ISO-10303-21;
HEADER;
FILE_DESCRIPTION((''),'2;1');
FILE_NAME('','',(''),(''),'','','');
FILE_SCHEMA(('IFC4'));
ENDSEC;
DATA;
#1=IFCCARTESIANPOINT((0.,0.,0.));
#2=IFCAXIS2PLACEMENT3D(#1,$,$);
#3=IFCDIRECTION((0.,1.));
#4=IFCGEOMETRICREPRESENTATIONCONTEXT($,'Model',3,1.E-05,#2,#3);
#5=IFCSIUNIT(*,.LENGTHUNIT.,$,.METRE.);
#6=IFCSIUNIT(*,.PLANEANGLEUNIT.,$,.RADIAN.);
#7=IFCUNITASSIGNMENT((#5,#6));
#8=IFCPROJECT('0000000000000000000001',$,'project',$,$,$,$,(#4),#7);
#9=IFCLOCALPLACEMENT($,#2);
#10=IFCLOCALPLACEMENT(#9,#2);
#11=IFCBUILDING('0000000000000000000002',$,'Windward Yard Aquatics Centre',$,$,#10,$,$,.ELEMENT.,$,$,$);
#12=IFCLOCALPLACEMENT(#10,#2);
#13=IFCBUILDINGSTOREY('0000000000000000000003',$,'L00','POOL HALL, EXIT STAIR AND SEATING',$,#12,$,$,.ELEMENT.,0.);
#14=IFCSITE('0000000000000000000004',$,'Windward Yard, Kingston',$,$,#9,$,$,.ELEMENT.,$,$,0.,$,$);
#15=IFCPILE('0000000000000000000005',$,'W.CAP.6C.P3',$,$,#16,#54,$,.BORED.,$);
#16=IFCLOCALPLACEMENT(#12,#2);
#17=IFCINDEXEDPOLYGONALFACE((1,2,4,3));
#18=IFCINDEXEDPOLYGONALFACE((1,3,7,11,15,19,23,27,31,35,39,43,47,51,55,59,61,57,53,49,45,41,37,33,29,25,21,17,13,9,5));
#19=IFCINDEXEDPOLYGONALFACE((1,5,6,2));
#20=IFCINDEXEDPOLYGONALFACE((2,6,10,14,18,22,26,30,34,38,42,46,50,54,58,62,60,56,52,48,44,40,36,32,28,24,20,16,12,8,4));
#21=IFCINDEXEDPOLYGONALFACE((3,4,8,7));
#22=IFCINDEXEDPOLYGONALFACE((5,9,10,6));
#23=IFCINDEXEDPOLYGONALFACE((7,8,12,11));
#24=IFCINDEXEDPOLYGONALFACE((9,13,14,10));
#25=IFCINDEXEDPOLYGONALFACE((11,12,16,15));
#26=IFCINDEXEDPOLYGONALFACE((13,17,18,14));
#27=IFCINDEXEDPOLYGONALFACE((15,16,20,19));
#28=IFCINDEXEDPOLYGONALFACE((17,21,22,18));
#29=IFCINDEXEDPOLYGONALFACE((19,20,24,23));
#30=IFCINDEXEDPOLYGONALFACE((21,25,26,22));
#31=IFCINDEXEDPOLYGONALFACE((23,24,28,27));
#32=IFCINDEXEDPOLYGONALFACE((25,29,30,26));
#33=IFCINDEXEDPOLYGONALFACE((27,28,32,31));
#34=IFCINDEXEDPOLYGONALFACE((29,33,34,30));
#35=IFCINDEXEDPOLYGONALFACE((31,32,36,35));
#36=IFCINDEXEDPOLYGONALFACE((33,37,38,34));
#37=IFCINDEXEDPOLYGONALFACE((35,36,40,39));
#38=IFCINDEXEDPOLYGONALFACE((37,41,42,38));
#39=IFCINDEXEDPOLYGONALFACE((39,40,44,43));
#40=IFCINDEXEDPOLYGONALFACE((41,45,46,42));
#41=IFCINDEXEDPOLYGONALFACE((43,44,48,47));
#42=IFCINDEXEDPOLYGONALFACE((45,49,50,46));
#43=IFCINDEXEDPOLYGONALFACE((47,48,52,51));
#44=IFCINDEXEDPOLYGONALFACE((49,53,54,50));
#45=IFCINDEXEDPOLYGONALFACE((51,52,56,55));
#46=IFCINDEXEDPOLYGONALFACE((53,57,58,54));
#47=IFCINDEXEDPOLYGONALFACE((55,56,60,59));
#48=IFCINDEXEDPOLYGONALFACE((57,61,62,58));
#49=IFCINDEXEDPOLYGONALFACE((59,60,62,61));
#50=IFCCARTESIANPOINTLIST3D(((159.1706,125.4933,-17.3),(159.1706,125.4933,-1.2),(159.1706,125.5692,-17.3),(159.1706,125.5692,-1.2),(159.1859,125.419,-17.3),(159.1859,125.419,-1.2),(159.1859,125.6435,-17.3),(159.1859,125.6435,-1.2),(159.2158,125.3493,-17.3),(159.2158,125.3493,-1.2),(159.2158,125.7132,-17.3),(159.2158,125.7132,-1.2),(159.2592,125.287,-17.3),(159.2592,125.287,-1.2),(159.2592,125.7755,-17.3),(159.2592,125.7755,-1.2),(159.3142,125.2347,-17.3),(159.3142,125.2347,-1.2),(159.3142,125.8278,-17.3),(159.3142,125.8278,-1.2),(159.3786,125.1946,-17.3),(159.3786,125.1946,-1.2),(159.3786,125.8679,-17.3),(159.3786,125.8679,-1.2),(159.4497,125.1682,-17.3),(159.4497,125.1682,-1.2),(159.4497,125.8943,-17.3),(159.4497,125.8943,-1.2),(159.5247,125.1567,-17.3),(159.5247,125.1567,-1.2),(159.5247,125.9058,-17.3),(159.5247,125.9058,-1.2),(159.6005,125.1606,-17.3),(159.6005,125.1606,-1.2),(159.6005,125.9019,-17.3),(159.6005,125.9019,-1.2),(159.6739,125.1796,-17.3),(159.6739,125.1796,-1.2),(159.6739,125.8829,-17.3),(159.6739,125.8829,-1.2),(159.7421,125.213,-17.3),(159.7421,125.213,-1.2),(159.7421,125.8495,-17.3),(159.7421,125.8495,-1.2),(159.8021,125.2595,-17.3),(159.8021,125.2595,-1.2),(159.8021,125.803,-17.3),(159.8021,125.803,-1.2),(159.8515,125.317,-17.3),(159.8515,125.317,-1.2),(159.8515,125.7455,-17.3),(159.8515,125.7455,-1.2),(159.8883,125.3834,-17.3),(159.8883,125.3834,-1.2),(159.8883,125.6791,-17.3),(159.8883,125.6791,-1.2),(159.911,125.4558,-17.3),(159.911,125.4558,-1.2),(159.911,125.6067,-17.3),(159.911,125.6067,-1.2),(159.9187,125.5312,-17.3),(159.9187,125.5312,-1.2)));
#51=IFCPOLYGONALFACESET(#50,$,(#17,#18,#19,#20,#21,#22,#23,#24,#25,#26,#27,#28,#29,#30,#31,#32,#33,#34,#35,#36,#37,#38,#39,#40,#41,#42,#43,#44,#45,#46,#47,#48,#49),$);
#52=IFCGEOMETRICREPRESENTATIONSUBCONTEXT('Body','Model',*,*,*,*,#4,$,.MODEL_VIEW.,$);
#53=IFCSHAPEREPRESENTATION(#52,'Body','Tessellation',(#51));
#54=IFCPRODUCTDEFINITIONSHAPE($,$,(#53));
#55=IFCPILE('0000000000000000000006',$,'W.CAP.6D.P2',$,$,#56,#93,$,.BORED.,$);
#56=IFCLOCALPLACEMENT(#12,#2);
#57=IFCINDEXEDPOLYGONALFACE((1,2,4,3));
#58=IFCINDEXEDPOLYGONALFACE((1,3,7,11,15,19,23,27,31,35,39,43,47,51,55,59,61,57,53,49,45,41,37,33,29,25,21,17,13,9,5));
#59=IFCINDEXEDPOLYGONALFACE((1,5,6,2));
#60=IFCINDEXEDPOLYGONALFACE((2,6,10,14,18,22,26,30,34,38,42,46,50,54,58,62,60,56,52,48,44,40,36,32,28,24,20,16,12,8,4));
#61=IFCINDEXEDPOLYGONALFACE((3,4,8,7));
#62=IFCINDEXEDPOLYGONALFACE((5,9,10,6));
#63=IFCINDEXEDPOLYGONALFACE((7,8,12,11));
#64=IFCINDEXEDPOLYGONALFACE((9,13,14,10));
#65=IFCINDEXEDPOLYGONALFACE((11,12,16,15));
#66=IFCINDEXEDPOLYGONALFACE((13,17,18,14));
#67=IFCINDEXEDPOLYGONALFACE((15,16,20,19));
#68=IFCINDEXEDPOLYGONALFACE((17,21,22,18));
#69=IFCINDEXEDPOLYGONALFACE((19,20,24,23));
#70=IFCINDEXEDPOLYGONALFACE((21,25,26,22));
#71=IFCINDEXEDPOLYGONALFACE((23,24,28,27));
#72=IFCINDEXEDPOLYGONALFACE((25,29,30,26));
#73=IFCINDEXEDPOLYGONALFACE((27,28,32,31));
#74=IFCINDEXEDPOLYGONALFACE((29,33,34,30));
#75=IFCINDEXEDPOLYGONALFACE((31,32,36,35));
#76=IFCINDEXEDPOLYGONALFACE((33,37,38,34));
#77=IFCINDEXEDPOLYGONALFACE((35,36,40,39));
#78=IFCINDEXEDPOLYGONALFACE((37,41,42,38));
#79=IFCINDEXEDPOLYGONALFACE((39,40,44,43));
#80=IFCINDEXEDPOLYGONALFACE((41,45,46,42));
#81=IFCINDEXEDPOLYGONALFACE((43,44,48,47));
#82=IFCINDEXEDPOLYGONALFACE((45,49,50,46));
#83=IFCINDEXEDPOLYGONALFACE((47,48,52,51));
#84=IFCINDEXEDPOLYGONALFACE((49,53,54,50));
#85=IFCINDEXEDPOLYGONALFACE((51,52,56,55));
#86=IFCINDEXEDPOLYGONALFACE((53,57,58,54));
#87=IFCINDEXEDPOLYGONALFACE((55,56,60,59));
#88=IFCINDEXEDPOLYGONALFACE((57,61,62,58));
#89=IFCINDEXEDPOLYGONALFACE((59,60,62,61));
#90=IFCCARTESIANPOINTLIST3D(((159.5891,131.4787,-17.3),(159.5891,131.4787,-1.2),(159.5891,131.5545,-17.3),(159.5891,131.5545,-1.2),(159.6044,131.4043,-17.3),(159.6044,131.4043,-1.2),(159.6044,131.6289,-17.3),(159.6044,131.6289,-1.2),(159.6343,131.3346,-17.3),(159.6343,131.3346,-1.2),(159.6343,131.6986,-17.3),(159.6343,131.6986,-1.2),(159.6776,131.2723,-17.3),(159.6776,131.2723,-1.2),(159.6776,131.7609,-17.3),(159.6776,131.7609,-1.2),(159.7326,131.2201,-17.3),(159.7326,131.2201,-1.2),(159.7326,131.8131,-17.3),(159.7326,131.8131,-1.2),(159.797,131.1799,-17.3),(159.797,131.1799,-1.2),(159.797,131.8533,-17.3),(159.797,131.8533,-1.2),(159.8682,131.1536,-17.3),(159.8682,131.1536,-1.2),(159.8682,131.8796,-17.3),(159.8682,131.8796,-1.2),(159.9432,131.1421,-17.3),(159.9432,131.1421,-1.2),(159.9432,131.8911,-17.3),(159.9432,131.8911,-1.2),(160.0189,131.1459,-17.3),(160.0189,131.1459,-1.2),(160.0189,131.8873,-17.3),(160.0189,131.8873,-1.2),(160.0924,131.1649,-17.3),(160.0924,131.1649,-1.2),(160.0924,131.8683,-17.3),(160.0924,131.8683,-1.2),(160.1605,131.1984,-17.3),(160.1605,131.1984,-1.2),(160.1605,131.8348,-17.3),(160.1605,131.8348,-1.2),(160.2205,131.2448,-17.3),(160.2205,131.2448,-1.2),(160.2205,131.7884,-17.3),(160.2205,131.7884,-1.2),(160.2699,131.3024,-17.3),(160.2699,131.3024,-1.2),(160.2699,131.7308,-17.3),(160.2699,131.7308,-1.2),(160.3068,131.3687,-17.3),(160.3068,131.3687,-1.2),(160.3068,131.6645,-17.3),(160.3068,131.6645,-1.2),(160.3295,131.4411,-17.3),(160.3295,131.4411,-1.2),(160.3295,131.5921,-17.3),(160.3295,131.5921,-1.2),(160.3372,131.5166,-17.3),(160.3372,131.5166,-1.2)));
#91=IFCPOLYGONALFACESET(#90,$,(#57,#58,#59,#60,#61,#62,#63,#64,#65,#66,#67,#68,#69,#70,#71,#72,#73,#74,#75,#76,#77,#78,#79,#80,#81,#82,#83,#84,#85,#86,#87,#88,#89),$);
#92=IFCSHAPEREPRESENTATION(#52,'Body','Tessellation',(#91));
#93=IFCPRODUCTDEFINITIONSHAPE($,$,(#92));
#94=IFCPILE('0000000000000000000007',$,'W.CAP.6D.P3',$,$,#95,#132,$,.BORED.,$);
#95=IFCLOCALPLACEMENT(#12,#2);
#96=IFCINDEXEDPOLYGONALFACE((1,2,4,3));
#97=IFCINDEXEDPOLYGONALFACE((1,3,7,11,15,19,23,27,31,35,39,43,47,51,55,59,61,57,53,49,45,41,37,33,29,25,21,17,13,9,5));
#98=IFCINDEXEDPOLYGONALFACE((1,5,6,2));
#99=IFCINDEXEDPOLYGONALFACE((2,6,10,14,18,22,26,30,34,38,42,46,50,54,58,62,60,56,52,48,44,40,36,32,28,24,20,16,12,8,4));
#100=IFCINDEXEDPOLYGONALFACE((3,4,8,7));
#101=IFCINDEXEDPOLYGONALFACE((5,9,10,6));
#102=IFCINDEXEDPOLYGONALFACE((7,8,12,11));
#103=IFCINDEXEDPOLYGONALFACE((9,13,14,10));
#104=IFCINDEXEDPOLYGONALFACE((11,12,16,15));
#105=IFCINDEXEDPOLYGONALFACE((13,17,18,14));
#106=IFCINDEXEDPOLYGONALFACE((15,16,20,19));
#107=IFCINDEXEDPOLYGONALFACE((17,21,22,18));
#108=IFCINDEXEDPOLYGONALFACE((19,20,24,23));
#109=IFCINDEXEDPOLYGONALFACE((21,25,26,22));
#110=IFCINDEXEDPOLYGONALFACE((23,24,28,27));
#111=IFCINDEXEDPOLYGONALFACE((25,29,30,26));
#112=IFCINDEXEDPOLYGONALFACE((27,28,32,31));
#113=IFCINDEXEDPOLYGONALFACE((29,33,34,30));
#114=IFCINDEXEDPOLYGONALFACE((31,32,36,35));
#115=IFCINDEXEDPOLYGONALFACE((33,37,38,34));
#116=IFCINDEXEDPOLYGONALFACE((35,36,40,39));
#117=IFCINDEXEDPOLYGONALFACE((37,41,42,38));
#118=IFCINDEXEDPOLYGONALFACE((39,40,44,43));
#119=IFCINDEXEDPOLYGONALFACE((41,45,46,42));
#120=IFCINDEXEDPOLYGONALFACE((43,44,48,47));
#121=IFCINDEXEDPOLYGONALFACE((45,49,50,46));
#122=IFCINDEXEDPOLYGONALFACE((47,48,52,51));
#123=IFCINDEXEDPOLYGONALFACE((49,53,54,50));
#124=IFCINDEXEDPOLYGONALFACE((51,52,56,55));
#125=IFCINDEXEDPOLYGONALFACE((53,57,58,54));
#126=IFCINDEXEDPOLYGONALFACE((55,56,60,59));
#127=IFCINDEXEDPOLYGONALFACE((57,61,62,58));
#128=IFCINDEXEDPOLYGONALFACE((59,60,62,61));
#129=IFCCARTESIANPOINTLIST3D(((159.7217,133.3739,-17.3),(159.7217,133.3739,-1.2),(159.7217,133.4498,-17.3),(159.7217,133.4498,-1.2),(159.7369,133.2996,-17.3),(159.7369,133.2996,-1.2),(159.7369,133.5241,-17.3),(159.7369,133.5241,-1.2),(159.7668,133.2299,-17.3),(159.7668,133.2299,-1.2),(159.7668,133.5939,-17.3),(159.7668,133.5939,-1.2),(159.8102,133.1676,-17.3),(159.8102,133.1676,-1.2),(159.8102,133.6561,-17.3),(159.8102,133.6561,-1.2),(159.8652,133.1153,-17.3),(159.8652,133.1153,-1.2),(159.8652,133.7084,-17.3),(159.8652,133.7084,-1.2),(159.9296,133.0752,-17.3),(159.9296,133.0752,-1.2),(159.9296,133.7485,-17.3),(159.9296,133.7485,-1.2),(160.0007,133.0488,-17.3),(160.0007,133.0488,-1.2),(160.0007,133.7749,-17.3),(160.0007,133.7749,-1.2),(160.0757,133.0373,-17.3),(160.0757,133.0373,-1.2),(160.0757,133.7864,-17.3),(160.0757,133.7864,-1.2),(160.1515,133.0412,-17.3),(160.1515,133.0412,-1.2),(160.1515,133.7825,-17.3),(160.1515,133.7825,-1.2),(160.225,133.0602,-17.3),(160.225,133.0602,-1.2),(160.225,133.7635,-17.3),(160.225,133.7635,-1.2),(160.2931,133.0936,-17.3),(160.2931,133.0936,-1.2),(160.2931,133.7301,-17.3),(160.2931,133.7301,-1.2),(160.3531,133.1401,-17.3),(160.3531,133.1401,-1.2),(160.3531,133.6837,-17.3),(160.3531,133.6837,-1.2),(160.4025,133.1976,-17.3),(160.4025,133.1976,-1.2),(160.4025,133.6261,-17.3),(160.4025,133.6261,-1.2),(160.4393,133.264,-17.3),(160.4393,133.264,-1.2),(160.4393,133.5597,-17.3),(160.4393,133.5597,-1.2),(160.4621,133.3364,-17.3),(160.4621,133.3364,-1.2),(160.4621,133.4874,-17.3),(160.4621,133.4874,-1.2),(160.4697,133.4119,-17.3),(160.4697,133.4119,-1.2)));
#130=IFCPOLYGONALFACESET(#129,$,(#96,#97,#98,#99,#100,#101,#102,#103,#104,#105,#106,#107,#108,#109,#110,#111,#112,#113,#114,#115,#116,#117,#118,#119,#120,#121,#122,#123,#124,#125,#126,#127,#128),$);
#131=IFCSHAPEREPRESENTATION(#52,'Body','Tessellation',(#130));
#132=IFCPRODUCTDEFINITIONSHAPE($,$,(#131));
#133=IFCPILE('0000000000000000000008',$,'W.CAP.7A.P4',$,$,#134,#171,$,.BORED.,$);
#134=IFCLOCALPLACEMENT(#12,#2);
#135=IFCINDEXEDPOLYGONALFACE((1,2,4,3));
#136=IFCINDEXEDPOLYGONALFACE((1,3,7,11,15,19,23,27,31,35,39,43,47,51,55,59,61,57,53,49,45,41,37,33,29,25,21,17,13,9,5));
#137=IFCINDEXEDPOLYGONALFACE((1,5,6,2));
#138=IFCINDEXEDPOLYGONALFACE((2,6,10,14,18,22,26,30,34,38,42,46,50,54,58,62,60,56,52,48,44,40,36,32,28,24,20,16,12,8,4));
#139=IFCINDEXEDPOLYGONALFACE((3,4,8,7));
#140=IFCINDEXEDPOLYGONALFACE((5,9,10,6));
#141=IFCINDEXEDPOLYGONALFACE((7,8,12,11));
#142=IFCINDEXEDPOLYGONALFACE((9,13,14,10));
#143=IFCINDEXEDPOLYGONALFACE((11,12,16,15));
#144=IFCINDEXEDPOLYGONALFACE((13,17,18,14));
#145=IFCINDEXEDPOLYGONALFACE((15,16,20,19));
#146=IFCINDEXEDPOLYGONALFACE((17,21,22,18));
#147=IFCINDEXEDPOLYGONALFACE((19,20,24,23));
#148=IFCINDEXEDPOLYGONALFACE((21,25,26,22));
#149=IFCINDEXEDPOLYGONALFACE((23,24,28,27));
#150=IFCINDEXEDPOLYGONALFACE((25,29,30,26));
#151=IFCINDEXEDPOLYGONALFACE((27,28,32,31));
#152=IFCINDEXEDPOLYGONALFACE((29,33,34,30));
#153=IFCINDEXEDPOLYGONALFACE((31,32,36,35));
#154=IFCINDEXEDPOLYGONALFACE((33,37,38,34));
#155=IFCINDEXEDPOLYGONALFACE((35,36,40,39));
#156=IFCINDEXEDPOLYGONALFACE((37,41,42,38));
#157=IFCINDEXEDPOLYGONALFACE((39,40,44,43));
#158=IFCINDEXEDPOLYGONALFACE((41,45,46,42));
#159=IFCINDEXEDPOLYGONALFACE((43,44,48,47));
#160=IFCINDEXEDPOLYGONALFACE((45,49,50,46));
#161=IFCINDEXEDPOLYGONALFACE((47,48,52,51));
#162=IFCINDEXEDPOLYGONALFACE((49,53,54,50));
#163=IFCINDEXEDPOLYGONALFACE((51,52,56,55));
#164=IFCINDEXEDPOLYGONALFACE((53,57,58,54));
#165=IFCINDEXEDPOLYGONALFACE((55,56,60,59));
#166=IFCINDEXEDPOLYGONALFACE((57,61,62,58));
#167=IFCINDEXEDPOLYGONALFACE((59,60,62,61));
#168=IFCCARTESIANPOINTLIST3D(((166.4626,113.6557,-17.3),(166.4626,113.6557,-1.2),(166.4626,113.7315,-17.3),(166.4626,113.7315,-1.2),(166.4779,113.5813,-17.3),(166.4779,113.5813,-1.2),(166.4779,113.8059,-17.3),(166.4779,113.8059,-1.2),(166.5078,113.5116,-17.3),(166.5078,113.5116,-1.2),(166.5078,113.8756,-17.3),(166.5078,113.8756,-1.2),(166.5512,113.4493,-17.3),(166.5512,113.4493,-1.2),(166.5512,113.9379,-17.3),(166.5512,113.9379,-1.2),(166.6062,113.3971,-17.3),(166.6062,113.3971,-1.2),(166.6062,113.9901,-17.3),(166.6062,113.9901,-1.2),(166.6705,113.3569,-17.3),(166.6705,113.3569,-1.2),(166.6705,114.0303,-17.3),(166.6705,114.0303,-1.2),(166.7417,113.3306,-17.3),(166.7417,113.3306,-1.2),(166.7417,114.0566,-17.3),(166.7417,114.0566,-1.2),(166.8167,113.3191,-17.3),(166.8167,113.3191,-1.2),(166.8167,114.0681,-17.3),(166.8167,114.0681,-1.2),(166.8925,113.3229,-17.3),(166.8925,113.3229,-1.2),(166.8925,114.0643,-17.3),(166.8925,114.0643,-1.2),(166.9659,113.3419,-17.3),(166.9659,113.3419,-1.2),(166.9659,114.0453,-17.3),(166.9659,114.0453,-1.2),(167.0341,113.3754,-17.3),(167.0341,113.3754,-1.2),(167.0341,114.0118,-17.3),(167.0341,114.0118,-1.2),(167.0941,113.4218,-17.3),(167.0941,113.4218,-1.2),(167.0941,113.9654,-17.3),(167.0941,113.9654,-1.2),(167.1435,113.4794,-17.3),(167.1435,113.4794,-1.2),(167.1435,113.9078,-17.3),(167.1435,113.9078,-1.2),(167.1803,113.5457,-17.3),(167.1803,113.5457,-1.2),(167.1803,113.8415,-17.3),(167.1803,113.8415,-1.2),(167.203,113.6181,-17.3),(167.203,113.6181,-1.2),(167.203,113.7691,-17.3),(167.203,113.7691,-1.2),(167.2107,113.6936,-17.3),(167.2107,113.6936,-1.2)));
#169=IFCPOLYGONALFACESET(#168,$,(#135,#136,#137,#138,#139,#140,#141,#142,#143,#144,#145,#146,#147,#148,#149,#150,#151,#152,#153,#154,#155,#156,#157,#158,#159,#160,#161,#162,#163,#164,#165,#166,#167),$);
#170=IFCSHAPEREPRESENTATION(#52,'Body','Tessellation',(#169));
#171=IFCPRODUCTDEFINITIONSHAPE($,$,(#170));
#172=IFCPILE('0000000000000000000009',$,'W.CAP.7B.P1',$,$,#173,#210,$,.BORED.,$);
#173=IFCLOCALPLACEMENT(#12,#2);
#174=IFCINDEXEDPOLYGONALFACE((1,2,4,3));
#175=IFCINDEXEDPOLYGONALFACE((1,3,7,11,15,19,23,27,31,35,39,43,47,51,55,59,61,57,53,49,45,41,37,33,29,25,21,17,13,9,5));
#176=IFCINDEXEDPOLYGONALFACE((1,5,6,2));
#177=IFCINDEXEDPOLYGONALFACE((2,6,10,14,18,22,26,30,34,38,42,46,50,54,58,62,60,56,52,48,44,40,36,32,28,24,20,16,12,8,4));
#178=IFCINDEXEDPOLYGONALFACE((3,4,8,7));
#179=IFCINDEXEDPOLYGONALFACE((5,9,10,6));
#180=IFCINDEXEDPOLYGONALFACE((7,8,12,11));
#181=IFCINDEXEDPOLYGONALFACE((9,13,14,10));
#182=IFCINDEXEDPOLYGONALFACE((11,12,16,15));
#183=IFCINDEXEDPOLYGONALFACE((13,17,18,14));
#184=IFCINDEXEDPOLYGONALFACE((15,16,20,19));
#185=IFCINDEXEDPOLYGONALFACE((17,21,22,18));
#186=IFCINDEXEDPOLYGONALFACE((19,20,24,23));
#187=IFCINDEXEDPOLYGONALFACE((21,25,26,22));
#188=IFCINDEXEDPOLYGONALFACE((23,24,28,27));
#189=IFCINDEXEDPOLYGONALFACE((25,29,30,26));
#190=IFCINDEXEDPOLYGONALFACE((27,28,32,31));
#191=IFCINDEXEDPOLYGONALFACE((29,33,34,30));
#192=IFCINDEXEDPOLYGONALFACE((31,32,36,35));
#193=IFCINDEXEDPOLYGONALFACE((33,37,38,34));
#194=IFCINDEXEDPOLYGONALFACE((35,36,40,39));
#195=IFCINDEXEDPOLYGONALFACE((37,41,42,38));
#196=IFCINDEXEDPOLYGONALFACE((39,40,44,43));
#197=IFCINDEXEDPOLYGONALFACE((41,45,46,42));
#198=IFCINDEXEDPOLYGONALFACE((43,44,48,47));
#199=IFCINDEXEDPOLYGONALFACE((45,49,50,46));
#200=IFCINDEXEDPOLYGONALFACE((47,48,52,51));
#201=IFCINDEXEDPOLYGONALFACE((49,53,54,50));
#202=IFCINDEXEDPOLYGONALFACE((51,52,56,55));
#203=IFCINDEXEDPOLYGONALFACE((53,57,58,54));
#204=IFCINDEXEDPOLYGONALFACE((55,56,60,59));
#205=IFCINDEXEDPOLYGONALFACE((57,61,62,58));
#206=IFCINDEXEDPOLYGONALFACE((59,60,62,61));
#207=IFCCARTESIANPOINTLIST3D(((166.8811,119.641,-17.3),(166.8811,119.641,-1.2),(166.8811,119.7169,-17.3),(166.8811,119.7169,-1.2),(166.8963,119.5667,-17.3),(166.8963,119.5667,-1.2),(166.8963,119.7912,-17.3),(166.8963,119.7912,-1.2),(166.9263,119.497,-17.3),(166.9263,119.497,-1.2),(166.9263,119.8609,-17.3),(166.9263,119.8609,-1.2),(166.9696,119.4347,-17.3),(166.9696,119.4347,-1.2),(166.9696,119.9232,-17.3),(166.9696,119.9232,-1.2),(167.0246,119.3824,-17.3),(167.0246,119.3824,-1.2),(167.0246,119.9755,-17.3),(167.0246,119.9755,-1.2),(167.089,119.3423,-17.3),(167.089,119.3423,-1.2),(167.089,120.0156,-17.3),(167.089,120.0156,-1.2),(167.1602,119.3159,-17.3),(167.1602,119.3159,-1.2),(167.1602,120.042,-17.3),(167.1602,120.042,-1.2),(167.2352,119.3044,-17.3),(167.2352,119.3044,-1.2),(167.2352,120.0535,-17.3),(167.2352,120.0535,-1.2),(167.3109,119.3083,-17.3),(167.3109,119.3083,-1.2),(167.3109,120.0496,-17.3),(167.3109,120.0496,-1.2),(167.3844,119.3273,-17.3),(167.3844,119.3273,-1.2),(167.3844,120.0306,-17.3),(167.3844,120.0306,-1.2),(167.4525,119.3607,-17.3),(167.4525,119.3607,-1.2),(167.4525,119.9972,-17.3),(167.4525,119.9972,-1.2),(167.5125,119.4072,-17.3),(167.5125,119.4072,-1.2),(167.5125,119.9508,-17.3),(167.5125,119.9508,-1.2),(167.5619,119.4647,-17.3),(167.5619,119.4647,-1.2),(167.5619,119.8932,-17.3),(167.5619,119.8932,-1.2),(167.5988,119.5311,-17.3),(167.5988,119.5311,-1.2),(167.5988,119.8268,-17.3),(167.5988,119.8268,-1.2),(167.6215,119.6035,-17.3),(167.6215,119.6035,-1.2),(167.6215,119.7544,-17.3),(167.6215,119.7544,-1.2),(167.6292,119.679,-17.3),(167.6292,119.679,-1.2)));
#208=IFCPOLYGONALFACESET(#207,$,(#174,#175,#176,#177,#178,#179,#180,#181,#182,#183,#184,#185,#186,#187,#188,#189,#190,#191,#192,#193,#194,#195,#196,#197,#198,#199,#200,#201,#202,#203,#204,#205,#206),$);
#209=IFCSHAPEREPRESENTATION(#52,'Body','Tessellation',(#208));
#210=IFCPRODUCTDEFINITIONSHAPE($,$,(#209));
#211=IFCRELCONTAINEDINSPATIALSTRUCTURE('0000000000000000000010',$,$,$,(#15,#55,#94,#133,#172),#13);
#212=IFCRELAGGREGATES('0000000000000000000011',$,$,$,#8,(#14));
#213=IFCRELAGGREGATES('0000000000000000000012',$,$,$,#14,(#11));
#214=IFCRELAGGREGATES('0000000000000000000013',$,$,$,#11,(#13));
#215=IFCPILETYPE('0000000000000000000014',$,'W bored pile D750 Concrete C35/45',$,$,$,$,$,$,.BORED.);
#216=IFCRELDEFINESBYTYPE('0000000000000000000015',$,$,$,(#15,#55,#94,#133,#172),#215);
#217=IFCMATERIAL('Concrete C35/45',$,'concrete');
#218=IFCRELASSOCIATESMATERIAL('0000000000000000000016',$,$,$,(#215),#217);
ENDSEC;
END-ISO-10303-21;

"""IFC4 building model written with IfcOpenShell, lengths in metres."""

from ifc_helpers import new_model, si_unit, direction, frame, origin, origin_2d, place, context, subcontext, project, spatial, circle, extrude, material, material_profile, profile_set, type_object, element, save


model = new_model("IFC4")

# Units and contexts
model_context = context("Model", 3, precision=1e-05, world=origin(), true_north=direction((0.0, 1.0)))
body_context = subcontext(model_context, "Body", "Model", "MODEL_VIEW")
ifc_project = project(units=[si_unit("LENGTHUNIT", "METRE"), si_unit("PLANEANGLEUNIT", "RADIAN")], contexts=[model_context])

# Site, building, storey
site_placement = place(None, origin())
site = spatial("IfcSite", under=ifc_project, at=site_placement, Name="Windward Yard, Kingston", CompositionType="ELEMENT", RefElevation=0.0)
building_placement = place(site_placement, origin())
building = spatial("IfcBuilding", under=site, at=building_placement, Name="Windward Yard Aquatics Centre", CompositionType="ELEMENT")
storey_placement = place(building_placement, origin())
storey = spatial("IfcBuildingStorey", under=building, at=storey_placement, Name="L00", Description="POOL HALL, EXIT STAIR AND SEATING", CompositionType="ELEMENT", Elevation=0.0)

# Piles
ifc_material_1 = material(Name="Concrete C35/45", Category="concrete")
ifc_material_profile_1 = material_profile(ifc_material_1, circle(Radius=0.375, at=origin_2d()), Name="D750")
ifc_profile_set_1 = profile_set([ifc_material_profile_1], Name="Concrete C35/45")
pile_type = type_object("IfcPileType", Name="W bored pile D750 Concrete C35/45", PredefinedType="BORED", material=ifc_profile_set_1)
for number, where, z_axis, x_axis, name in (
    (1, (159.5437, 125.5312, -1.2), (0.0, 0.0, -1.0), (1.0, 0.0, 0.0), "W.CAP.6C.P3"),
    (2, (159.9622, 131.5166, -1.2), (0.0, 0.0, -1.0), (1.0, 0.0, 0.0), "W.CAP.6D.P2"),
    (3, (160.0947, 133.4119, -1.2), (0.0, 0.0, -1.0), (1.0, 0.0, 0.0), "W.CAP.6D.P3"),
    (4, (166.8357, 113.6936, -1.2), (0.0, 0.0, -1.0), (1.0, 0.0, 0.0), "W.CAP.7A.P4"),
    (5, (167.2542, 119.679, -1.2), (0.0, 0.0, -1.0), (1.0, 0.0, 0.0), "W.CAP.7B.P1"),
):
    element("IfcPile", number, at=place(storey_placement, frame(where, z_axis=z_axis, x_axis=x_axis)), inside=storey, type_object=pile_type, Name=name, PredefinedType="BORED", context=body_context, shape_type="SweptSolid", body=[
        extrude(circle(Radius=0.375, at=origin_2d()), origin(), (0.0, 0.0, 1.0), 16.1001),
    ])

save(model, "model.ifc")
